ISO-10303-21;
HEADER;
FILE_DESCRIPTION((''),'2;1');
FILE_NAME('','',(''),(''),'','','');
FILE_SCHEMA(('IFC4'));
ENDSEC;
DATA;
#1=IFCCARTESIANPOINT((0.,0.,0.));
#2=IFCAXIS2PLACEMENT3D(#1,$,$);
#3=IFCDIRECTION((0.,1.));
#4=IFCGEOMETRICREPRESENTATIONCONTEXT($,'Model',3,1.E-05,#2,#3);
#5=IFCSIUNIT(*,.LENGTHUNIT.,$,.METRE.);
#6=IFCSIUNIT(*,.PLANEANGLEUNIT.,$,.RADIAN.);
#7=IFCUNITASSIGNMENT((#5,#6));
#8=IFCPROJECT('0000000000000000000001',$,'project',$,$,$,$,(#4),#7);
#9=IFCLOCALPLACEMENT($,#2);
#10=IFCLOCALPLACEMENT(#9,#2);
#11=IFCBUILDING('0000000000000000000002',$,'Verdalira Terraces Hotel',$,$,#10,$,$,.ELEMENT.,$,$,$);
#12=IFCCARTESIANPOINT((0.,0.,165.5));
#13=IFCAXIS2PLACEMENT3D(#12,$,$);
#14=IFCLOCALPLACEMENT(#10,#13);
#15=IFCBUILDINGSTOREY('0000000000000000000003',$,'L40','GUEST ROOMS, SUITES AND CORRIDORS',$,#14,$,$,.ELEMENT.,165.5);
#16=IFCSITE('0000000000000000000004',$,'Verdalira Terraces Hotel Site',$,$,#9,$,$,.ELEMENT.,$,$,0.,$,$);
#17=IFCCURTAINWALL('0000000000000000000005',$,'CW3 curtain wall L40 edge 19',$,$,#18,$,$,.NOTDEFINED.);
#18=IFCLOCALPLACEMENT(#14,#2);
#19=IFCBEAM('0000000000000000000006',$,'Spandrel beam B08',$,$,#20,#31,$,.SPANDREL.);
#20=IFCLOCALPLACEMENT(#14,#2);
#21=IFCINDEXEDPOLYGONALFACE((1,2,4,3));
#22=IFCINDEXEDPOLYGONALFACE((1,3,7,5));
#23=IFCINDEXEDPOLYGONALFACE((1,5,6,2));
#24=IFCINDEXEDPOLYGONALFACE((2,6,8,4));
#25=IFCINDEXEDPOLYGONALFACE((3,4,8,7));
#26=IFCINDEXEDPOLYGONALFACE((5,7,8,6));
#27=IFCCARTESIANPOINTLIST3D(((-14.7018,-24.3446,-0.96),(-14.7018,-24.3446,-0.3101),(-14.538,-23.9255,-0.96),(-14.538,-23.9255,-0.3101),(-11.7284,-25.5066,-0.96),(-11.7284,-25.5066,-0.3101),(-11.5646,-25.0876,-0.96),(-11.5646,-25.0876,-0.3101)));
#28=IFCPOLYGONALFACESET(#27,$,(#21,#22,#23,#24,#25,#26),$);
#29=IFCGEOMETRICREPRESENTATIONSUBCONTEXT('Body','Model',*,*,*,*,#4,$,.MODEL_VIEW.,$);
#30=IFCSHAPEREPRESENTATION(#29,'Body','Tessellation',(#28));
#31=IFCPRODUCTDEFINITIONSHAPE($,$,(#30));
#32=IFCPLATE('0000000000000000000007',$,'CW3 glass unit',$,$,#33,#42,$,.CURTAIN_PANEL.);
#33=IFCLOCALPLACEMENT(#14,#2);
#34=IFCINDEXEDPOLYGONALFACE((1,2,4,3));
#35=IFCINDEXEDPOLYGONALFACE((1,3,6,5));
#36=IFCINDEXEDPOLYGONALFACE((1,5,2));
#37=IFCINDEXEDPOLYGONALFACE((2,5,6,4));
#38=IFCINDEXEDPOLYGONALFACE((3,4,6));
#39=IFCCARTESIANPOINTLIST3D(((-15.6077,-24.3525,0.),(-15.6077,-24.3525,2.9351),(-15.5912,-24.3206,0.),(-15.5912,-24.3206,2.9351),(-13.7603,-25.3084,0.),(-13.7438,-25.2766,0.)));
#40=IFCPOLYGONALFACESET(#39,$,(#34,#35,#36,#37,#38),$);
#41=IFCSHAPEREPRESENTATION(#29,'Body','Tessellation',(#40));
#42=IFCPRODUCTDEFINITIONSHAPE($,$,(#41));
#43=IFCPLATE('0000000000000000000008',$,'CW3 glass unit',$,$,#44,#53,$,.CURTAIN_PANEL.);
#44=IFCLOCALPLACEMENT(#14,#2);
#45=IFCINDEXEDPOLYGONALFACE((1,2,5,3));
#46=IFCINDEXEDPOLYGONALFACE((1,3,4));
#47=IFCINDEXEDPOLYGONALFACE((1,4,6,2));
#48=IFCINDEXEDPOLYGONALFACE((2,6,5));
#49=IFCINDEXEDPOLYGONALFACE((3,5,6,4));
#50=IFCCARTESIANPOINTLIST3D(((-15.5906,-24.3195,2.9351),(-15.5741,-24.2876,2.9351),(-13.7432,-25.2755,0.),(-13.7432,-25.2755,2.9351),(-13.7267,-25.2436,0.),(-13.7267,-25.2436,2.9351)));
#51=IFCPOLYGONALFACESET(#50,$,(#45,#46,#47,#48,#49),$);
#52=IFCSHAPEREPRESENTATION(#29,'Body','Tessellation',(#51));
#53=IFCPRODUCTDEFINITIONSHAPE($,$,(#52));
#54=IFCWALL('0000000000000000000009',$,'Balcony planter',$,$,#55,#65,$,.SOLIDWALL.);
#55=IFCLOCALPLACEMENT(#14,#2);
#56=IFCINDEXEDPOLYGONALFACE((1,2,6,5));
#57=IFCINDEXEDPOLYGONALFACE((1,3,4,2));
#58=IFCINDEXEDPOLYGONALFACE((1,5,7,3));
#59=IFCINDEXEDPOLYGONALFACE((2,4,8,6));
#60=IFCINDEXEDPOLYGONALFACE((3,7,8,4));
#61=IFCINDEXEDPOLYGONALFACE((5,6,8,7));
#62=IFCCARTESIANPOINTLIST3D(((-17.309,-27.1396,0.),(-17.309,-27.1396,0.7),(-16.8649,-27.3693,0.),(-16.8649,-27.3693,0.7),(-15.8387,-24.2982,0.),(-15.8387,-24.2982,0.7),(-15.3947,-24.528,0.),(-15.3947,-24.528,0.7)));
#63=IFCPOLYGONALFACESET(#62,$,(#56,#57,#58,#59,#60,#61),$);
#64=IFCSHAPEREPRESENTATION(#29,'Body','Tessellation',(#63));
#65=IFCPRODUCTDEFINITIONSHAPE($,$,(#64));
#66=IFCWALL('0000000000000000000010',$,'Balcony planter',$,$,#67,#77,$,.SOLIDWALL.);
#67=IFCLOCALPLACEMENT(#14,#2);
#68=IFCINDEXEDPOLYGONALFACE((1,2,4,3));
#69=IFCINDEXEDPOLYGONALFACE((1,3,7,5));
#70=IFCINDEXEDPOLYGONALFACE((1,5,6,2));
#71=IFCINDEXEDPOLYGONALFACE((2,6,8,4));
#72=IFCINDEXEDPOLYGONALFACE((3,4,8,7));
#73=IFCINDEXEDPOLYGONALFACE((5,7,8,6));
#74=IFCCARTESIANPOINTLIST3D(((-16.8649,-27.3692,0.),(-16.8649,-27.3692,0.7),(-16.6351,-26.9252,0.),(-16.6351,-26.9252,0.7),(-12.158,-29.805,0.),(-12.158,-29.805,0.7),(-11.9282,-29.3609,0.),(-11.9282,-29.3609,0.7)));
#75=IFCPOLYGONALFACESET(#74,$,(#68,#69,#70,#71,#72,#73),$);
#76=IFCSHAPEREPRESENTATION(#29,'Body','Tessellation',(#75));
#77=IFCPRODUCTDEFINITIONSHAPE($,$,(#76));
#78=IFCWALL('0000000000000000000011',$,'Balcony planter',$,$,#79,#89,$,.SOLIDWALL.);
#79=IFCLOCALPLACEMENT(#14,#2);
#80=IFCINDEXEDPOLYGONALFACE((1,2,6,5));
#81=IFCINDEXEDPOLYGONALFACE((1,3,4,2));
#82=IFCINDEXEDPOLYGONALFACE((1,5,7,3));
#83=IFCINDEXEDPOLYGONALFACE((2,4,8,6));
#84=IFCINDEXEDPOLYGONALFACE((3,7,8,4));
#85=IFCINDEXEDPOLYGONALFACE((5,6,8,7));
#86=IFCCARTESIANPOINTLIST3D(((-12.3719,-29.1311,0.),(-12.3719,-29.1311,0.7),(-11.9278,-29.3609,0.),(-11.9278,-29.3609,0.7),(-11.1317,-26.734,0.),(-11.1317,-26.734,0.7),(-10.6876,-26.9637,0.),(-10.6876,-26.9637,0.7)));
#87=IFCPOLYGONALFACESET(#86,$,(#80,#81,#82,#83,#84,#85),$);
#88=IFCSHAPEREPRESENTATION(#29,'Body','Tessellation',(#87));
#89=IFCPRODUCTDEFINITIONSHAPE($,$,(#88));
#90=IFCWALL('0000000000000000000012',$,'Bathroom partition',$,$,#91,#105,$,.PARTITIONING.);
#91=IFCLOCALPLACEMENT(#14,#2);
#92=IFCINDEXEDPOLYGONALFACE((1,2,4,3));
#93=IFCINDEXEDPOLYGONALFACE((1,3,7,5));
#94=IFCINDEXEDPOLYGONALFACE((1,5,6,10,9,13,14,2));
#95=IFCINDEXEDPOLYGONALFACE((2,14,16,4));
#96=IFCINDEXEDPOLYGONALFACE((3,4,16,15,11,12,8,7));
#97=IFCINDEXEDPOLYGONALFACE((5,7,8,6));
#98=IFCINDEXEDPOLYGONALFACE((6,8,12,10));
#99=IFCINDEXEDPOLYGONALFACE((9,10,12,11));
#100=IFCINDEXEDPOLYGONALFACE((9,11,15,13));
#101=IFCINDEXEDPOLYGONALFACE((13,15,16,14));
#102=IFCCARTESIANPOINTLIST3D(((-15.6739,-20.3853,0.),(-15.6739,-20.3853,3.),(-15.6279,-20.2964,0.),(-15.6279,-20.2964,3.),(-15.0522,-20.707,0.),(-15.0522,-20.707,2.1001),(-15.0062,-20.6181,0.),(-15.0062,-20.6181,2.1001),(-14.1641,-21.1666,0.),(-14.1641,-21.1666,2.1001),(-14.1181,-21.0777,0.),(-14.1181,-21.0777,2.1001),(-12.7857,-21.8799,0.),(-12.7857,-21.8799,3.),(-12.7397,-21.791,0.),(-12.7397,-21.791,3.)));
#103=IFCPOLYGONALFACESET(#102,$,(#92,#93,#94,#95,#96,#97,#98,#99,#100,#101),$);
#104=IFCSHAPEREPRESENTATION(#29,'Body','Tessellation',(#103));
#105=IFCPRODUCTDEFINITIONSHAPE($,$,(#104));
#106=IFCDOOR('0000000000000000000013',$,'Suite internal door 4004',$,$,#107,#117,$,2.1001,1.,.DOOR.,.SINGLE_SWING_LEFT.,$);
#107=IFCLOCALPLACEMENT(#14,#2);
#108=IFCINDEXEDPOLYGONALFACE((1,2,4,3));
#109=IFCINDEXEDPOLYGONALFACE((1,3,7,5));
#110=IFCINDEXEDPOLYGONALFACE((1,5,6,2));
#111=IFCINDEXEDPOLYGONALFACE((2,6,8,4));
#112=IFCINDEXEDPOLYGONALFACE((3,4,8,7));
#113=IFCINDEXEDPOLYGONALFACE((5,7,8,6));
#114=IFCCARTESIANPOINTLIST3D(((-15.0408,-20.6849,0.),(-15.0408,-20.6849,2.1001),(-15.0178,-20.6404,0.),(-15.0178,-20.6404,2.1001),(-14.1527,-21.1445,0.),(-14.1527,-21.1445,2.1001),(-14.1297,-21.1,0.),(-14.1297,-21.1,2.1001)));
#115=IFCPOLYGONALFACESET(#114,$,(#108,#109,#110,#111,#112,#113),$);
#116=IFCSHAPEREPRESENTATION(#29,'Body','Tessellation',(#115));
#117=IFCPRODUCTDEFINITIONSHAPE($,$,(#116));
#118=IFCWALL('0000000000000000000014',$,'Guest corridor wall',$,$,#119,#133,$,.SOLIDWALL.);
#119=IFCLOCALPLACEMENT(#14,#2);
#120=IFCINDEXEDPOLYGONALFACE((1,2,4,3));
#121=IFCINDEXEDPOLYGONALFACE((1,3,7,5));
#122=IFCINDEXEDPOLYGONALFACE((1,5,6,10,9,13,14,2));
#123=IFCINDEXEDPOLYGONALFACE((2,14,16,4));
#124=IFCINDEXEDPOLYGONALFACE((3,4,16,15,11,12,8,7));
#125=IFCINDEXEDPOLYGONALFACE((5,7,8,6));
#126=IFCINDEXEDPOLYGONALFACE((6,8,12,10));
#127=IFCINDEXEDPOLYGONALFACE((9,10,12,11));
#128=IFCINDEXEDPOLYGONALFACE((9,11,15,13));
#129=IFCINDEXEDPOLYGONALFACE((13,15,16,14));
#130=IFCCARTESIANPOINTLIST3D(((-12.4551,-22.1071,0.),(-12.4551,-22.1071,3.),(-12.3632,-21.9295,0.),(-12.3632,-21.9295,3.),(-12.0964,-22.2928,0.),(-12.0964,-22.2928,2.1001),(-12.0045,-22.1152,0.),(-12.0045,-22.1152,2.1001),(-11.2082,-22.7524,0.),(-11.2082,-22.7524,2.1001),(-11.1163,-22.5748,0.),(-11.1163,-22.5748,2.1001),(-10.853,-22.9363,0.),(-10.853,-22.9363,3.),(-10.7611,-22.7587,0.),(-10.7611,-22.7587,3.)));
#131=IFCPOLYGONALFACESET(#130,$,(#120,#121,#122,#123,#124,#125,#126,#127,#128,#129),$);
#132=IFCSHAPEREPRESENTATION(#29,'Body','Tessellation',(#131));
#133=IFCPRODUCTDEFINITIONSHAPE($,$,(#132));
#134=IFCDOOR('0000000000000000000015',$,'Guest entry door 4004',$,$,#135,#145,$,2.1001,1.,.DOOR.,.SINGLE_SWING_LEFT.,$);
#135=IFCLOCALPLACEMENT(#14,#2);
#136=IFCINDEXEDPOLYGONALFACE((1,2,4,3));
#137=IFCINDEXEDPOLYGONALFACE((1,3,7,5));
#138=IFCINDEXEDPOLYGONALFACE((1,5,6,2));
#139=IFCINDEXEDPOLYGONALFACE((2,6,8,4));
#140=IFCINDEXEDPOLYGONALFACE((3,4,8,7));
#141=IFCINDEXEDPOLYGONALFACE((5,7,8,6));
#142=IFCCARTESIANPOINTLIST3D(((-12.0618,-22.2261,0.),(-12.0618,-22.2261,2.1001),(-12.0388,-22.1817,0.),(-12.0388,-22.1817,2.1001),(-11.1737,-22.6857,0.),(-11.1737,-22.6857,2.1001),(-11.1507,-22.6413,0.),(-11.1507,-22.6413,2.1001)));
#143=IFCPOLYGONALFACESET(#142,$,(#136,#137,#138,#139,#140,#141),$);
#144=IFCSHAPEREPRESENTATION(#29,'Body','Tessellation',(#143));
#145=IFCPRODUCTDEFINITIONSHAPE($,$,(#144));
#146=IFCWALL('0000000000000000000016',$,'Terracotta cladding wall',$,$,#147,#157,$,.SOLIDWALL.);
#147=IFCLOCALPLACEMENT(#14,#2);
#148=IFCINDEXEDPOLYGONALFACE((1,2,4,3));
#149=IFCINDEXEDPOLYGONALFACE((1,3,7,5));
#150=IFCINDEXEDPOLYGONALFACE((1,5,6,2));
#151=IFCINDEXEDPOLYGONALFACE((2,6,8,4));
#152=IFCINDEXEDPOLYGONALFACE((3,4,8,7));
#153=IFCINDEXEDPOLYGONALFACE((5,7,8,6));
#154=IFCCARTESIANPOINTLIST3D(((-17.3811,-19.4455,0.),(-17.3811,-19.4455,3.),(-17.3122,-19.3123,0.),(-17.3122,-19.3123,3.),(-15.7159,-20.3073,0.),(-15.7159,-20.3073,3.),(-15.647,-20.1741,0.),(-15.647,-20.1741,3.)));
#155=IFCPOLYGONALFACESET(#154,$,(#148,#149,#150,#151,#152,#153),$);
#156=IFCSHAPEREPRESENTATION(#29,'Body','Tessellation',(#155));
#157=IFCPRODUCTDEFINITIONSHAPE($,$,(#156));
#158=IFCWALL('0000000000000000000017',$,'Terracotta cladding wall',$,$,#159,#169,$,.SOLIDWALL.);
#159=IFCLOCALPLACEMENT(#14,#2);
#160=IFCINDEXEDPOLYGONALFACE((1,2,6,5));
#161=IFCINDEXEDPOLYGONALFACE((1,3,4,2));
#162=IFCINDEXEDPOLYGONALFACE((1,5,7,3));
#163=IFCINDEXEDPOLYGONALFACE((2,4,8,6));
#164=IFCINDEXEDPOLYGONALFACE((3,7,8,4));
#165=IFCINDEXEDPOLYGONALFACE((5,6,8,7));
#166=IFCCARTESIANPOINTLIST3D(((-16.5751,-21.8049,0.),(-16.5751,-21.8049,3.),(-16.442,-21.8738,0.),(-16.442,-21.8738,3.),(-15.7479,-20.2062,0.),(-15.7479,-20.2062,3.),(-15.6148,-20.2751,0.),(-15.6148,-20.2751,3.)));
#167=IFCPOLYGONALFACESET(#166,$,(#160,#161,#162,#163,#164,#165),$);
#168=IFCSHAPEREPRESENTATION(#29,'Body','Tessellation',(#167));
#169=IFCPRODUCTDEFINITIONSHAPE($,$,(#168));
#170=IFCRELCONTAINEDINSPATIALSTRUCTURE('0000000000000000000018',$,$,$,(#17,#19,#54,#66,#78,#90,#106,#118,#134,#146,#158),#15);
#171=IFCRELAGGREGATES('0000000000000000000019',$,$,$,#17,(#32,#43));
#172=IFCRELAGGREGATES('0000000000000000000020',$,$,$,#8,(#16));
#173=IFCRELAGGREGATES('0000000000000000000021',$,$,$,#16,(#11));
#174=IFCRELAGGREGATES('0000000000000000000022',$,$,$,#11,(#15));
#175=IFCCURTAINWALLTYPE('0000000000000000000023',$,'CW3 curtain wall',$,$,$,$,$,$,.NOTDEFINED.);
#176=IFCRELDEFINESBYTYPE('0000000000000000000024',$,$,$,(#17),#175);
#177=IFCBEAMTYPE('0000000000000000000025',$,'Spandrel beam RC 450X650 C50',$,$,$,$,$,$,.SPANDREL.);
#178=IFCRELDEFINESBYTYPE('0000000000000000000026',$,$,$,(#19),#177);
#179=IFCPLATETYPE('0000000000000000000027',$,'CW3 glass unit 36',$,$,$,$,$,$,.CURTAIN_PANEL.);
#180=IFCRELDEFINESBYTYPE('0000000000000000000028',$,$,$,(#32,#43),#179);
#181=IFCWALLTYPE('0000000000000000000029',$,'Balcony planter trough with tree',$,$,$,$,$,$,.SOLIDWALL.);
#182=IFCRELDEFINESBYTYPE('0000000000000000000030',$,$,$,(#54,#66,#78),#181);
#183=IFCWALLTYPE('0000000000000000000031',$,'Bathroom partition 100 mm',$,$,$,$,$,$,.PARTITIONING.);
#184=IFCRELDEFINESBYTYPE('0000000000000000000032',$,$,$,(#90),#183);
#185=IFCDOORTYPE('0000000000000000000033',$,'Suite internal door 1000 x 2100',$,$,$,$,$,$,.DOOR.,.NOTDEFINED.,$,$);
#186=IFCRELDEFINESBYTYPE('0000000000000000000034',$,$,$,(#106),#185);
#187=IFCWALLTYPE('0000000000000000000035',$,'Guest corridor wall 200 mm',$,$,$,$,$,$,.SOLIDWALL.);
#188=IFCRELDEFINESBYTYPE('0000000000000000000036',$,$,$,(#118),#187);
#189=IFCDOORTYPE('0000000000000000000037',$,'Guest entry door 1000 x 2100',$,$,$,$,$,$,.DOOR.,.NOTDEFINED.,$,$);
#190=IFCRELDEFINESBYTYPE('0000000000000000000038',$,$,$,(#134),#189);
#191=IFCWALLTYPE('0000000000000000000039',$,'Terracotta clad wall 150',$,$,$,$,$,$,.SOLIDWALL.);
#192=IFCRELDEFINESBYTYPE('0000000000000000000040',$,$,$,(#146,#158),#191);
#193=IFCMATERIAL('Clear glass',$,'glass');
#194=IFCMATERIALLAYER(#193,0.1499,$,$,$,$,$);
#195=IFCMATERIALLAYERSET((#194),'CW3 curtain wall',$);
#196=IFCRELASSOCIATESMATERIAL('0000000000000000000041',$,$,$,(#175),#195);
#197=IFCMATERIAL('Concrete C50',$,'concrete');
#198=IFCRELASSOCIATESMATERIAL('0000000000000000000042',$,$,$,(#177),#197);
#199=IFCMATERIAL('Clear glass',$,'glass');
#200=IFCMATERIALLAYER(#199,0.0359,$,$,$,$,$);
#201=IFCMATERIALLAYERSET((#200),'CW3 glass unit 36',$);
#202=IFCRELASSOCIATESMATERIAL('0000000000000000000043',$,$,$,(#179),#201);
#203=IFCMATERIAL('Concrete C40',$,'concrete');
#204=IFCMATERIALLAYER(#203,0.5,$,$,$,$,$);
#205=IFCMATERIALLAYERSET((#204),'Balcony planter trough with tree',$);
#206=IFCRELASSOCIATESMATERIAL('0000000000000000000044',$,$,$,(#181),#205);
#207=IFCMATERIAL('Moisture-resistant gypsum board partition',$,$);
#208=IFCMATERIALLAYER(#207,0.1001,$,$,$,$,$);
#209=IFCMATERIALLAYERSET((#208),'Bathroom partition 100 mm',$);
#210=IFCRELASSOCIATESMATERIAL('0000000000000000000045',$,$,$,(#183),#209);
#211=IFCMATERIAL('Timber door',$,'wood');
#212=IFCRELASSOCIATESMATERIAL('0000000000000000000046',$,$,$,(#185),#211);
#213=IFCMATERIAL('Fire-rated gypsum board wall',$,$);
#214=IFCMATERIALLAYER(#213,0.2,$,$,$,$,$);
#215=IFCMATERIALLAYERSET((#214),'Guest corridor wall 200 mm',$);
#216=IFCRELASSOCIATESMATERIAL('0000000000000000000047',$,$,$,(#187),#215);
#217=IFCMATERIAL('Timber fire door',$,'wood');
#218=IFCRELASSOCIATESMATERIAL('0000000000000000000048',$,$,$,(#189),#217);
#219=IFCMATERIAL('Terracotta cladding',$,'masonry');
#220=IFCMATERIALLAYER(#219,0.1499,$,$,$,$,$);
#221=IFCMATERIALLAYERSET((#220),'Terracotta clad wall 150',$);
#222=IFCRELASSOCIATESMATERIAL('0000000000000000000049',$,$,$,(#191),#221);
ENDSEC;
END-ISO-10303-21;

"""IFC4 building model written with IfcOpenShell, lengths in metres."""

from ifc_helpers import new_model, si_unit, direction, frame, frame_2d, origin, origin_2d, place, context, subcontext, project, spatial, polyline, rectangle, outline, extrude, material, layer, layer_set, material_profile, profile_set, type_object, element, fill, aggregate, save


model = new_model("IFC4")

# Units and contexts
model_context = context("Model", 3, precision=1e-05, world=origin(), true_north=direction((0.0, 1.0)))
body_context = subcontext(model_context, "Body", "Model", "MODEL_VIEW")
ifc_project = project(units=[si_unit("LENGTHUNIT", "METRE"), si_unit("PLANEANGLEUNIT", "RADIAN")], contexts=[model_context])

# Site, building, storey
site_placement = place(None, origin())
site = spatial("IfcSite", under=ifc_project, at=site_placement, Name="Verdalira Terraces Hotel Site", CompositionType="ELEMENT", RefElevation=0.0)
building_placement = place(site_placement, origin())
building = spatial("IfcBuilding", under=site, at=building_placement, Name="Verdalira Terraces Hotel", CompositionType="ELEMENT")
storey_placement = place(building_placement, frame((0.0, 0.0, 165.5)))
storey = spatial("IfcBuildingStorey", under=building, at=storey_placement, Name="L40", Description="GUEST ROOMS, SUITES AND CORRIDORS", CompositionType="ELEMENT", Elevation=165.5)

# Curtain wall
ifc_material_1 = material(Name="Clear glass", Category="glass")
ifc_layer_1 = layer(ifc_material_1, 0.1499)
ifc_layer_set_1 = layer_set([ifc_layer_1], Name="CW3 curtain wall")
curtain_wall_type_1 = type_object("IfcCurtainWallType", Name="CW3 curtain wall", PredefinedType="NOTDEFINED", material=ifc_layer_set_1)
curtain_wall_1_placement = place(storey_placement, origin())
curtain_wall_1 = element("IfcCurtainWall", 1, at=curtain_wall_1_placement, inside=storey, type_object=curtain_wall_type_1, Name="CW3 curtain wall L40 edge 19", PredefinedType="NOTDEFINED")

# Beam
ifc_material_2 = material(Name="Concrete C50", Category="concrete")
ifc_material_profile_1 = material_profile(ifc_material_2, rectangle(XDim=0.45, YDim=0.6499, at=origin_2d()), Name="RC 450X650")
ifc_profile_set_1 = profile_set([ifc_material_profile_1], Name="Concrete C50")
beam_type_1 = type_object("IfcBeamType", Name="Spandrel beam RC 450X650 C50", PredefinedType="SPANDREL", material=ifc_profile_set_1)
beam_1_placement = place(storey_placement, frame((-14.6199, -24.135, -0.635), z_axis=(0.931391, -0.364022, 0.0), x_axis=(0.364022, 0.931391, 0.0)))
element("IfcBeam", 2, at=beam_1_placement, inside=storey, type_object=beam_type_1, Name="Spandrel beam B08", PredefinedType="SPANDREL", context=body_context, shape_type="SweptSolid", body=[
    extrude(rectangle(XDim=0.45, YDim=0.6499, at=origin_2d()), origin(), (0.0, 0.0, 1.0), 3.1924),
])

# Plates
ifc_material_3 = material(Name="Clear glass", Category="glass")
ifc_layer_2 = layer(ifc_material_3, 0.0359)
ifc_layer_set_2 = layer_set([ifc_layer_2], Name="CW3 glass unit 36")
plate_type = type_object("IfcPlateType", Name="CW3 glass unit 36", PredefinedType="CURTAIN_PANEL", material=ifc_layer_set_2)
plate_1_placement = place(storey_placement, frame((-14.6675, -24.7986, 1.4675), z_axis=(-0.45958, -0.888136, 0.0), x_axis=(0.888136, -0.45958, 0.0)))
plate_1 = element("IfcPlate", 3, at=plate_1_placement, type_object=plate_type, Name="CW3 glass unit", PredefinedType="CURTAIN_PANEL", context=body_context, shape_type="SweptSolid", body=[
    extrude(outline(polyline([(-1.04, -1.4675), (1.04, -1.4675), (-1.04, 1.4675), (-1.04, -1.4675)])), origin(), (0.0, 0.0, 1.0), 0.0359),
])
plate_2_placement = place(storey_placement, frame((-14.6504, -24.7656, 1.4675), z_axis=(-0.45958, -0.888136, 0.0), x_axis=(0.888136, -0.45958, 0.0)))
plate_2 = element("IfcPlate", 4, at=plate_2_placement, type_object=plate_type, Name="CW3 glass unit", PredefinedType="CURTAIN_PANEL", context=body_context, shape_type="SweptSolid", body=[
    extrude(outline(polyline([(1.04, -1.4675), (1.04, 1.4675), (-1.04, 1.4675), (1.04, -1.4675)])), origin(), (0.0, 0.0, 1.0), 0.0359),
])
aggregate(curtain_wall_1, [plate_1, plate_2])

# Walls
ifc_material_4 = material(Name="Concrete C40", Category="concrete")
ifc_layer_3 = layer(ifc_material_4, 0.5)
ifc_layer_set_3 = layer_set([ifc_layer_3], Name="Balcony planter trough with tree")
wall_type_1 = type_object("IfcWallType", Name="Balcony planter trough with tree", PredefinedType="SOLIDWALL", material=ifc_layer_set_3)
wall_1_placement = place(storey_placement, frame((-15.6167, -24.4131, 0.0), z_axis=(0.0, 0.0, 1.0), x_axis=(-0.459564, -0.888145, 0.0)))
element("IfcWall", 5, at=wall_1_placement, inside=storey, type_object=wall_type_1, Name="Balcony planter", PredefinedType="SOLIDWALL", context=body_context, shape_type="SweptSolid", body=[
    extrude(rectangle(XDim=3.1992, YDim=0.5, at=frame_2d((1.5996, 0.0))), origin(), (0.0, 0.0, 1.0), 0.7),
])
wall_2_placement = place(storey_placement, frame((-16.75, -27.1472, 0.0), z_axis=(0.0, 0.0, 1.0), x_axis=(0.888131, -0.45959, 0.0)))
element("IfcWall", 6, at=wall_2_placement, inside=storey, type_object=wall_type_1, Name="Balcony planter", PredefinedType="SOLIDWALL", context=body_context, shape_type="SweptSolid", body=[
    extrude(rectangle(XDim=5.2998, YDim=0.5, at=frame_2d((2.6499, 0.0))), origin(), (0.0, 0.0, 1.0), 0.7),
])
wall_3_placement = place(storey_placement, frame((-12.1499, -29.2461, 0.0), z_axis=(0.0, 0.0, 1.0), x_axis=(0.459509, 0.888173, 0.0)))
element("IfcWall", 7, at=wall_3_placement, inside=storey, type_object=wall_type_1, Name="Balcony planter", PredefinedType="SOLIDWALL", context=body_context, shape_type="SweptSolid", body=[
    extrude(rectangle(XDim=2.699, YDim=0.5, at=frame_2d((1.3496, 0.0))), origin(), (0.0, 0.0, 1.0), 0.7),
])

# Walls, openings, doors
ifc_material_5 = material(Name="Moisture-resistant gypsum board partition")
ifc_layer_4 = layer(ifc_material_5, 0.1001)
ifc_layer_set_4 = layer_set([ifc_layer_4], Name="Bathroom partition 100 mm")
wall_type_2 = type_object("IfcWallType", Name="Bathroom partition 100 mm", PredefinedType="PARTITIONING", material=ifc_layer_set_4)
wall_4_placement = place(storey_placement, frame((-15.6509, -20.3408, 0.0), z_axis=(0.0, 0.0, 1.0), x_axis=(0.888125, -0.459603, 0.0)))
wall_4 = element("IfcWall", 8, at=wall_4_placement, inside=storey, type_object=wall_type_2, Name="Bathroom partition", PredefinedType="PARTITIONING", context=body_context, shape_type="SweptSolid", body=[
    extrude(rectangle(XDim=3.252, YDim=0.1001, at=frame_2d((1.626, 0.0))), origin(), (0.0, 0.0, 1.0), 3.0),
])
opening_1_placement = place(wall_4_placement, frame((0.7, 0.0, 0.0)))
opening_1 = element("IfcOpeningElement", 9, at=opening_1_placement, cuts=wall_4, PredefinedType="OPENING", context=body_context, shape_type="SweptSolid", body=[
    extrude(rectangle(XDim=1.0, YDim=2.1001, at=frame_2d((0.5, 1.05))), frame((0.0, 0.0601, 0.0), z_axis=(0.0, -1.0, 0.0), x_axis=(1.0, 0.0, 0.0)), (0.0, 0.0, 1.0), 0.1201),
])
ifc_material_6 = material(Name="Timber door", Category="wood")
door_type_1 = type_object("IfcDoorType", Name="Suite internal door 1000 x 2100", OperationType="NOTDEFINED", PredefinedType="DOOR", material=ifc_material_6)
door_1_placement = place(opening_1_placement, origin())
door_1 = element("IfcDoor", 10, at=door_1_placement, inside=storey, type_object=door_type_1, Name="Suite internal door 4004", OperationType="SINGLE_SWING_LEFT", OverallHeight=2.1001, OverallWidth=1.0, PredefinedType="DOOR", context=body_context, shape_type="SweptSolid", body=[
    extrude(rectangle(XDim=1.0, YDim=2.1001, at=frame_2d((0.5, 1.05))), frame((0.0, 0.0249, 0.0), z_axis=(0.0, -1.0, 0.0), x_axis=(1.0, 0.0, 0.0)), (0.0, 0.0, 1.0), 0.05),
])
fill(opening_1, door_1)
ifc_material_7 = material(Name="Fire-rated gypsum board wall")
ifc_layer_5 = layer(ifc_material_7, 0.2)
ifc_layer_set_5 = layer_set([ifc_layer_5], Name="Guest corridor wall 200 mm")
wall_type_3 = type_object("IfcWallType", Name="Guest corridor wall 200 mm", PredefinedType="SOLIDWALL", material=ifc_layer_set_5)
wall_5_placement = place(storey_placement, frame((-10.8071, -22.8474, 0.0), z_axis=(0.0, 0.0, 1.0), x_axis=(-0.888115, 0.459622, 0.0)))
wall_5 = element("IfcWall", 11, at=wall_5_placement, inside=storey, type_object=wall_type_3, Name="Guest corridor wall", PredefinedType="SOLIDWALL", context=body_context, shape_type="SweptSolid", body=[
    extrude(rectangle(XDim=1.804, YDim=0.2, at=frame_2d((0.9019, 0.0))), origin(), (0.0, 0.0, 1.0), 3.0),
])
opening_2_placement = place(wall_5_placement, frame((0.3999, 0.0, 0.0)))
opening_2 = element("IfcOpeningElement", 12, at=opening_2_placement, cuts=wall_5, PredefinedType="OPENING", context=body_context, shape_type="SweptSolid", body=[
    extrude(rectangle(XDim=1.0, YDim=2.1001, at=frame_2d((0.5, 1.05))), frame((0.0, 0.1099, 0.0), z_axis=(0.0, -1.0, 0.0), x_axis=(1.0, 0.0, 0.0)), (0.0, 0.0, 1.0), 0.22),
])
ifc_material_8 = material(Name="Timber fire door", Category="wood")
door_type_2 = type_object("IfcDoorType", Name="Guest entry door 1000 x 2100", OperationType="NOTDEFINED", PredefinedType="DOOR", material=ifc_material_8)
door_2_placement = place(opening_2_placement, origin())
door_2 = element("IfcDoor", 13, at=door_2_placement, inside=storey, type_object=door_type_2, Name="Guest entry door 4004", OperationType="SINGLE_SWING_LEFT", OverallHeight=2.1001, OverallWidth=1.0, PredefinedType="DOOR", context=body_context, shape_type="SweptSolid", body=[
    extrude(rectangle(XDim=1.0, YDim=2.1001, at=frame_2d((0.5, 1.05))), frame((0.0, 0.0249, 0.0), z_axis=(0.0, -1.0, 0.0), x_axis=(1.0, 0.0, 0.0)), (0.0, 0.0, 1.0), 0.05),
])
fill(opening_2, door_2)

# Walls
ifc_material_9 = material(Name="Terracotta cladding", Category="masonry")
ifc_layer_6 = layer(ifc_material_9, 0.1499)
ifc_layer_set_6 = layer_set([ifc_layer_6], Name="Terracotta clad wall 150")
wall_type_4 = type_object("IfcWallType", Name="Terracotta clad wall 150", PredefinedType="SOLIDWALL", material=ifc_layer_set_6)
wall_6_placement = place(storey_placement, frame((-17.3467, -19.3789, 0.0), z_axis=(0.0, 0.0, 1.0), x_axis=(0.888117, -0.459618, 0.0)))
element("IfcWall", 14, at=wall_6_placement, inside=storey, type_object=wall_type_4, Name="Terracotta cladding wall", PredefinedType="SOLIDWALL", context=body_context, shape_type="SweptSolid", body=[
    extrude(rectangle(XDim=1.875, YDim=0.1499, at=frame_2d((0.9375, 0.0))), origin(), (0.0, 0.0, 1.0), 3.0),
])
wall_7_placement = place(storey_placement, frame((-15.6814, -20.2407, 0.0), z_axis=(0.0, 0.0, 1.0), x_axis=(-0.459541, -0.888157, 0.0)))
element("IfcWall", 15, at=wall_7_placement, inside=storey, type_object=wall_type_4, Name="Terracotta cladding wall", PredefinedType="SOLIDWALL", context=body_context, shape_type="SweptSolid", body=[
    extrude(rectangle(XDim=1.8, YDim=0.1499, at=frame_2d((0.8999, 0.0))), origin(), (0.0, 0.0, 1.0), 3.0),
])

save(model, "model.ifc")
